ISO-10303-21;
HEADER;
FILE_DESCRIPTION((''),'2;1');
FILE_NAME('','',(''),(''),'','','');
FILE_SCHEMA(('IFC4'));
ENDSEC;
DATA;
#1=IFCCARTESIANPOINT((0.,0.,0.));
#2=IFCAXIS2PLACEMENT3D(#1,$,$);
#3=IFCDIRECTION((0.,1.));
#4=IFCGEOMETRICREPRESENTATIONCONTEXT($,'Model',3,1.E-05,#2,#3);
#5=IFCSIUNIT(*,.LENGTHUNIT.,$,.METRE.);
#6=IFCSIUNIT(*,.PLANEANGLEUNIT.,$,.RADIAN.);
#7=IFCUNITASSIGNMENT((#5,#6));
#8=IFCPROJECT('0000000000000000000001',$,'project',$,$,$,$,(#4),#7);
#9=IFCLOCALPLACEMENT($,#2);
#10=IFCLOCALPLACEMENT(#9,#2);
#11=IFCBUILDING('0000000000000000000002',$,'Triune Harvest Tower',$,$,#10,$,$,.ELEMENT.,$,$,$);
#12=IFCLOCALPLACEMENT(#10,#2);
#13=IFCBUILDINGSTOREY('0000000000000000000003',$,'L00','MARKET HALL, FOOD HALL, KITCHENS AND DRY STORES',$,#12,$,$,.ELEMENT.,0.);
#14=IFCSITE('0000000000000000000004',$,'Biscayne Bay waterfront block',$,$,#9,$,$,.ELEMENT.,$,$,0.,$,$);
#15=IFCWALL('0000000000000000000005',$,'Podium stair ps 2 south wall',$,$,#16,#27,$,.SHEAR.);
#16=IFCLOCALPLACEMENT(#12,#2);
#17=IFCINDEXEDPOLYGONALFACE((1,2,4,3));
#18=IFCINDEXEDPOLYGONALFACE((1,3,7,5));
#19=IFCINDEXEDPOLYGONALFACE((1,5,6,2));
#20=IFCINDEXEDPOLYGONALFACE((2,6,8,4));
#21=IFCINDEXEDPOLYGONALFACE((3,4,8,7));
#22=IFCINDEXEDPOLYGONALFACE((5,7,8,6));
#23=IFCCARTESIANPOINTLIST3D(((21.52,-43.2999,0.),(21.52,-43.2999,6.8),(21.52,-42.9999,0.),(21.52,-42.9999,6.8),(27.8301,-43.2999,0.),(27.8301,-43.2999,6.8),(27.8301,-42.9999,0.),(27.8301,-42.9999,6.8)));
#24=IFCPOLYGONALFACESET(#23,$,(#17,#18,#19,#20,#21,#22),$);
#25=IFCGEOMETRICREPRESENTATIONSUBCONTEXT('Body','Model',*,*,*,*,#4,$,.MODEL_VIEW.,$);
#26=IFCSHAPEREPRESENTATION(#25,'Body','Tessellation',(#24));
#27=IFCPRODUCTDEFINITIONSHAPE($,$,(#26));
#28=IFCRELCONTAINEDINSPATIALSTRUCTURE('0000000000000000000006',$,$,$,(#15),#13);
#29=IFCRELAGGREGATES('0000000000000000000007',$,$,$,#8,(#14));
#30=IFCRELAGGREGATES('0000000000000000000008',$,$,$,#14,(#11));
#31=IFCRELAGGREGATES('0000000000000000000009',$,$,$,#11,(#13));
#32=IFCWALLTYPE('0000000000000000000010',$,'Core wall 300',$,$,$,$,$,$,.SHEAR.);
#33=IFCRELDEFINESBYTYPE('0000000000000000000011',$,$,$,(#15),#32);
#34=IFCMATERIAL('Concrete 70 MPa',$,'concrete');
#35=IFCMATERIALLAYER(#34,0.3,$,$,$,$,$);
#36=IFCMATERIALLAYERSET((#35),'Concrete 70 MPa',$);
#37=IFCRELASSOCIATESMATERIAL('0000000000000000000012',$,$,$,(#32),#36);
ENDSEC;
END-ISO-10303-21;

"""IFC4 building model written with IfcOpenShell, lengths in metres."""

from ifc_helpers import new_model, si_unit, direction, frame, frame_2d, origin, place, context, subcontext, project, spatial, rectangle, extrude, source, transform, mapped, material, layer, layer_set, type_object, element, save


model = new_model("IFC4")

# Units and contexts
model_context = context("Model", 3, precision=1e-05, world=origin(), true_north=direction((0.0, 1.0)))
body_context = subcontext(model_context, "Body", "Model", "MODEL_VIEW")
ifc_project = project(units=[si_unit("LENGTHUNIT", "METRE"), si_unit("PLANEANGLEUNIT", "RADIAN")], contexts=[model_context])

# Site, building, storey
site_placement = place(None, origin())
site = spatial("IfcSite", under=ifc_project, at=site_placement, Name="Biscayne Bay waterfront block", CompositionType="ELEMENT", RefElevation=0.0)
building_placement = place(site_placement, origin())
building = spatial("IfcBuilding", under=site, at=building_placement, Name="Triune Harvest Tower", CompositionType="ELEMENT")
storey_placement = place(building_placement, origin())
storey = spatial("IfcBuildingStorey", under=building, at=storey_placement, Name="L00", Description="MARKET HALL, FOOD HALL, KITCHENS AND DRY STORES", CompositionType="ELEMENT", Elevation=0.0)

# Wall
ifc_material_1 = material(Name="Concrete 70 MPa", Category="concrete")
ifc_layer_1 = layer(ifc_material_1, 0.3)
ifc_layer_set_1 = layer_set([ifc_layer_1], Name="Concrete 70 MPa")
wall_type_1 = type_object("IfcWallType", Name="Core wall 300", PredefinedType="SHEAR", material=ifc_layer_set_1)
shared_shape_1 = source(origin(), body_context, "Body", "SweptSolid", [
    extrude(rectangle(XDim=6.3101, YDim=0.3, at=frame_2d((3.155, 0.0))), origin(), (0.0, 0.0, 1.0), 6.8),
])
wall_1_placement = place(storey_placement, frame((21.52, -43.1499, 0.0), z_axis=(0.0, 0.0, 1.0), x_axis=(1.0, 0.0, 0.0)))
element("IfcWall", 1, at=wall_1_placement, inside=storey, type_object=wall_type_1, Name="Podium stair ps 2 south wall", PredefinedType="SHEAR", context=body_context, shape_type="MappedRepresentation", body=[
    mapped(shared_shape_1, transform((0.0, 0.0, 0.0), scale=1.0)),
])

save(model, "model.ifc")
